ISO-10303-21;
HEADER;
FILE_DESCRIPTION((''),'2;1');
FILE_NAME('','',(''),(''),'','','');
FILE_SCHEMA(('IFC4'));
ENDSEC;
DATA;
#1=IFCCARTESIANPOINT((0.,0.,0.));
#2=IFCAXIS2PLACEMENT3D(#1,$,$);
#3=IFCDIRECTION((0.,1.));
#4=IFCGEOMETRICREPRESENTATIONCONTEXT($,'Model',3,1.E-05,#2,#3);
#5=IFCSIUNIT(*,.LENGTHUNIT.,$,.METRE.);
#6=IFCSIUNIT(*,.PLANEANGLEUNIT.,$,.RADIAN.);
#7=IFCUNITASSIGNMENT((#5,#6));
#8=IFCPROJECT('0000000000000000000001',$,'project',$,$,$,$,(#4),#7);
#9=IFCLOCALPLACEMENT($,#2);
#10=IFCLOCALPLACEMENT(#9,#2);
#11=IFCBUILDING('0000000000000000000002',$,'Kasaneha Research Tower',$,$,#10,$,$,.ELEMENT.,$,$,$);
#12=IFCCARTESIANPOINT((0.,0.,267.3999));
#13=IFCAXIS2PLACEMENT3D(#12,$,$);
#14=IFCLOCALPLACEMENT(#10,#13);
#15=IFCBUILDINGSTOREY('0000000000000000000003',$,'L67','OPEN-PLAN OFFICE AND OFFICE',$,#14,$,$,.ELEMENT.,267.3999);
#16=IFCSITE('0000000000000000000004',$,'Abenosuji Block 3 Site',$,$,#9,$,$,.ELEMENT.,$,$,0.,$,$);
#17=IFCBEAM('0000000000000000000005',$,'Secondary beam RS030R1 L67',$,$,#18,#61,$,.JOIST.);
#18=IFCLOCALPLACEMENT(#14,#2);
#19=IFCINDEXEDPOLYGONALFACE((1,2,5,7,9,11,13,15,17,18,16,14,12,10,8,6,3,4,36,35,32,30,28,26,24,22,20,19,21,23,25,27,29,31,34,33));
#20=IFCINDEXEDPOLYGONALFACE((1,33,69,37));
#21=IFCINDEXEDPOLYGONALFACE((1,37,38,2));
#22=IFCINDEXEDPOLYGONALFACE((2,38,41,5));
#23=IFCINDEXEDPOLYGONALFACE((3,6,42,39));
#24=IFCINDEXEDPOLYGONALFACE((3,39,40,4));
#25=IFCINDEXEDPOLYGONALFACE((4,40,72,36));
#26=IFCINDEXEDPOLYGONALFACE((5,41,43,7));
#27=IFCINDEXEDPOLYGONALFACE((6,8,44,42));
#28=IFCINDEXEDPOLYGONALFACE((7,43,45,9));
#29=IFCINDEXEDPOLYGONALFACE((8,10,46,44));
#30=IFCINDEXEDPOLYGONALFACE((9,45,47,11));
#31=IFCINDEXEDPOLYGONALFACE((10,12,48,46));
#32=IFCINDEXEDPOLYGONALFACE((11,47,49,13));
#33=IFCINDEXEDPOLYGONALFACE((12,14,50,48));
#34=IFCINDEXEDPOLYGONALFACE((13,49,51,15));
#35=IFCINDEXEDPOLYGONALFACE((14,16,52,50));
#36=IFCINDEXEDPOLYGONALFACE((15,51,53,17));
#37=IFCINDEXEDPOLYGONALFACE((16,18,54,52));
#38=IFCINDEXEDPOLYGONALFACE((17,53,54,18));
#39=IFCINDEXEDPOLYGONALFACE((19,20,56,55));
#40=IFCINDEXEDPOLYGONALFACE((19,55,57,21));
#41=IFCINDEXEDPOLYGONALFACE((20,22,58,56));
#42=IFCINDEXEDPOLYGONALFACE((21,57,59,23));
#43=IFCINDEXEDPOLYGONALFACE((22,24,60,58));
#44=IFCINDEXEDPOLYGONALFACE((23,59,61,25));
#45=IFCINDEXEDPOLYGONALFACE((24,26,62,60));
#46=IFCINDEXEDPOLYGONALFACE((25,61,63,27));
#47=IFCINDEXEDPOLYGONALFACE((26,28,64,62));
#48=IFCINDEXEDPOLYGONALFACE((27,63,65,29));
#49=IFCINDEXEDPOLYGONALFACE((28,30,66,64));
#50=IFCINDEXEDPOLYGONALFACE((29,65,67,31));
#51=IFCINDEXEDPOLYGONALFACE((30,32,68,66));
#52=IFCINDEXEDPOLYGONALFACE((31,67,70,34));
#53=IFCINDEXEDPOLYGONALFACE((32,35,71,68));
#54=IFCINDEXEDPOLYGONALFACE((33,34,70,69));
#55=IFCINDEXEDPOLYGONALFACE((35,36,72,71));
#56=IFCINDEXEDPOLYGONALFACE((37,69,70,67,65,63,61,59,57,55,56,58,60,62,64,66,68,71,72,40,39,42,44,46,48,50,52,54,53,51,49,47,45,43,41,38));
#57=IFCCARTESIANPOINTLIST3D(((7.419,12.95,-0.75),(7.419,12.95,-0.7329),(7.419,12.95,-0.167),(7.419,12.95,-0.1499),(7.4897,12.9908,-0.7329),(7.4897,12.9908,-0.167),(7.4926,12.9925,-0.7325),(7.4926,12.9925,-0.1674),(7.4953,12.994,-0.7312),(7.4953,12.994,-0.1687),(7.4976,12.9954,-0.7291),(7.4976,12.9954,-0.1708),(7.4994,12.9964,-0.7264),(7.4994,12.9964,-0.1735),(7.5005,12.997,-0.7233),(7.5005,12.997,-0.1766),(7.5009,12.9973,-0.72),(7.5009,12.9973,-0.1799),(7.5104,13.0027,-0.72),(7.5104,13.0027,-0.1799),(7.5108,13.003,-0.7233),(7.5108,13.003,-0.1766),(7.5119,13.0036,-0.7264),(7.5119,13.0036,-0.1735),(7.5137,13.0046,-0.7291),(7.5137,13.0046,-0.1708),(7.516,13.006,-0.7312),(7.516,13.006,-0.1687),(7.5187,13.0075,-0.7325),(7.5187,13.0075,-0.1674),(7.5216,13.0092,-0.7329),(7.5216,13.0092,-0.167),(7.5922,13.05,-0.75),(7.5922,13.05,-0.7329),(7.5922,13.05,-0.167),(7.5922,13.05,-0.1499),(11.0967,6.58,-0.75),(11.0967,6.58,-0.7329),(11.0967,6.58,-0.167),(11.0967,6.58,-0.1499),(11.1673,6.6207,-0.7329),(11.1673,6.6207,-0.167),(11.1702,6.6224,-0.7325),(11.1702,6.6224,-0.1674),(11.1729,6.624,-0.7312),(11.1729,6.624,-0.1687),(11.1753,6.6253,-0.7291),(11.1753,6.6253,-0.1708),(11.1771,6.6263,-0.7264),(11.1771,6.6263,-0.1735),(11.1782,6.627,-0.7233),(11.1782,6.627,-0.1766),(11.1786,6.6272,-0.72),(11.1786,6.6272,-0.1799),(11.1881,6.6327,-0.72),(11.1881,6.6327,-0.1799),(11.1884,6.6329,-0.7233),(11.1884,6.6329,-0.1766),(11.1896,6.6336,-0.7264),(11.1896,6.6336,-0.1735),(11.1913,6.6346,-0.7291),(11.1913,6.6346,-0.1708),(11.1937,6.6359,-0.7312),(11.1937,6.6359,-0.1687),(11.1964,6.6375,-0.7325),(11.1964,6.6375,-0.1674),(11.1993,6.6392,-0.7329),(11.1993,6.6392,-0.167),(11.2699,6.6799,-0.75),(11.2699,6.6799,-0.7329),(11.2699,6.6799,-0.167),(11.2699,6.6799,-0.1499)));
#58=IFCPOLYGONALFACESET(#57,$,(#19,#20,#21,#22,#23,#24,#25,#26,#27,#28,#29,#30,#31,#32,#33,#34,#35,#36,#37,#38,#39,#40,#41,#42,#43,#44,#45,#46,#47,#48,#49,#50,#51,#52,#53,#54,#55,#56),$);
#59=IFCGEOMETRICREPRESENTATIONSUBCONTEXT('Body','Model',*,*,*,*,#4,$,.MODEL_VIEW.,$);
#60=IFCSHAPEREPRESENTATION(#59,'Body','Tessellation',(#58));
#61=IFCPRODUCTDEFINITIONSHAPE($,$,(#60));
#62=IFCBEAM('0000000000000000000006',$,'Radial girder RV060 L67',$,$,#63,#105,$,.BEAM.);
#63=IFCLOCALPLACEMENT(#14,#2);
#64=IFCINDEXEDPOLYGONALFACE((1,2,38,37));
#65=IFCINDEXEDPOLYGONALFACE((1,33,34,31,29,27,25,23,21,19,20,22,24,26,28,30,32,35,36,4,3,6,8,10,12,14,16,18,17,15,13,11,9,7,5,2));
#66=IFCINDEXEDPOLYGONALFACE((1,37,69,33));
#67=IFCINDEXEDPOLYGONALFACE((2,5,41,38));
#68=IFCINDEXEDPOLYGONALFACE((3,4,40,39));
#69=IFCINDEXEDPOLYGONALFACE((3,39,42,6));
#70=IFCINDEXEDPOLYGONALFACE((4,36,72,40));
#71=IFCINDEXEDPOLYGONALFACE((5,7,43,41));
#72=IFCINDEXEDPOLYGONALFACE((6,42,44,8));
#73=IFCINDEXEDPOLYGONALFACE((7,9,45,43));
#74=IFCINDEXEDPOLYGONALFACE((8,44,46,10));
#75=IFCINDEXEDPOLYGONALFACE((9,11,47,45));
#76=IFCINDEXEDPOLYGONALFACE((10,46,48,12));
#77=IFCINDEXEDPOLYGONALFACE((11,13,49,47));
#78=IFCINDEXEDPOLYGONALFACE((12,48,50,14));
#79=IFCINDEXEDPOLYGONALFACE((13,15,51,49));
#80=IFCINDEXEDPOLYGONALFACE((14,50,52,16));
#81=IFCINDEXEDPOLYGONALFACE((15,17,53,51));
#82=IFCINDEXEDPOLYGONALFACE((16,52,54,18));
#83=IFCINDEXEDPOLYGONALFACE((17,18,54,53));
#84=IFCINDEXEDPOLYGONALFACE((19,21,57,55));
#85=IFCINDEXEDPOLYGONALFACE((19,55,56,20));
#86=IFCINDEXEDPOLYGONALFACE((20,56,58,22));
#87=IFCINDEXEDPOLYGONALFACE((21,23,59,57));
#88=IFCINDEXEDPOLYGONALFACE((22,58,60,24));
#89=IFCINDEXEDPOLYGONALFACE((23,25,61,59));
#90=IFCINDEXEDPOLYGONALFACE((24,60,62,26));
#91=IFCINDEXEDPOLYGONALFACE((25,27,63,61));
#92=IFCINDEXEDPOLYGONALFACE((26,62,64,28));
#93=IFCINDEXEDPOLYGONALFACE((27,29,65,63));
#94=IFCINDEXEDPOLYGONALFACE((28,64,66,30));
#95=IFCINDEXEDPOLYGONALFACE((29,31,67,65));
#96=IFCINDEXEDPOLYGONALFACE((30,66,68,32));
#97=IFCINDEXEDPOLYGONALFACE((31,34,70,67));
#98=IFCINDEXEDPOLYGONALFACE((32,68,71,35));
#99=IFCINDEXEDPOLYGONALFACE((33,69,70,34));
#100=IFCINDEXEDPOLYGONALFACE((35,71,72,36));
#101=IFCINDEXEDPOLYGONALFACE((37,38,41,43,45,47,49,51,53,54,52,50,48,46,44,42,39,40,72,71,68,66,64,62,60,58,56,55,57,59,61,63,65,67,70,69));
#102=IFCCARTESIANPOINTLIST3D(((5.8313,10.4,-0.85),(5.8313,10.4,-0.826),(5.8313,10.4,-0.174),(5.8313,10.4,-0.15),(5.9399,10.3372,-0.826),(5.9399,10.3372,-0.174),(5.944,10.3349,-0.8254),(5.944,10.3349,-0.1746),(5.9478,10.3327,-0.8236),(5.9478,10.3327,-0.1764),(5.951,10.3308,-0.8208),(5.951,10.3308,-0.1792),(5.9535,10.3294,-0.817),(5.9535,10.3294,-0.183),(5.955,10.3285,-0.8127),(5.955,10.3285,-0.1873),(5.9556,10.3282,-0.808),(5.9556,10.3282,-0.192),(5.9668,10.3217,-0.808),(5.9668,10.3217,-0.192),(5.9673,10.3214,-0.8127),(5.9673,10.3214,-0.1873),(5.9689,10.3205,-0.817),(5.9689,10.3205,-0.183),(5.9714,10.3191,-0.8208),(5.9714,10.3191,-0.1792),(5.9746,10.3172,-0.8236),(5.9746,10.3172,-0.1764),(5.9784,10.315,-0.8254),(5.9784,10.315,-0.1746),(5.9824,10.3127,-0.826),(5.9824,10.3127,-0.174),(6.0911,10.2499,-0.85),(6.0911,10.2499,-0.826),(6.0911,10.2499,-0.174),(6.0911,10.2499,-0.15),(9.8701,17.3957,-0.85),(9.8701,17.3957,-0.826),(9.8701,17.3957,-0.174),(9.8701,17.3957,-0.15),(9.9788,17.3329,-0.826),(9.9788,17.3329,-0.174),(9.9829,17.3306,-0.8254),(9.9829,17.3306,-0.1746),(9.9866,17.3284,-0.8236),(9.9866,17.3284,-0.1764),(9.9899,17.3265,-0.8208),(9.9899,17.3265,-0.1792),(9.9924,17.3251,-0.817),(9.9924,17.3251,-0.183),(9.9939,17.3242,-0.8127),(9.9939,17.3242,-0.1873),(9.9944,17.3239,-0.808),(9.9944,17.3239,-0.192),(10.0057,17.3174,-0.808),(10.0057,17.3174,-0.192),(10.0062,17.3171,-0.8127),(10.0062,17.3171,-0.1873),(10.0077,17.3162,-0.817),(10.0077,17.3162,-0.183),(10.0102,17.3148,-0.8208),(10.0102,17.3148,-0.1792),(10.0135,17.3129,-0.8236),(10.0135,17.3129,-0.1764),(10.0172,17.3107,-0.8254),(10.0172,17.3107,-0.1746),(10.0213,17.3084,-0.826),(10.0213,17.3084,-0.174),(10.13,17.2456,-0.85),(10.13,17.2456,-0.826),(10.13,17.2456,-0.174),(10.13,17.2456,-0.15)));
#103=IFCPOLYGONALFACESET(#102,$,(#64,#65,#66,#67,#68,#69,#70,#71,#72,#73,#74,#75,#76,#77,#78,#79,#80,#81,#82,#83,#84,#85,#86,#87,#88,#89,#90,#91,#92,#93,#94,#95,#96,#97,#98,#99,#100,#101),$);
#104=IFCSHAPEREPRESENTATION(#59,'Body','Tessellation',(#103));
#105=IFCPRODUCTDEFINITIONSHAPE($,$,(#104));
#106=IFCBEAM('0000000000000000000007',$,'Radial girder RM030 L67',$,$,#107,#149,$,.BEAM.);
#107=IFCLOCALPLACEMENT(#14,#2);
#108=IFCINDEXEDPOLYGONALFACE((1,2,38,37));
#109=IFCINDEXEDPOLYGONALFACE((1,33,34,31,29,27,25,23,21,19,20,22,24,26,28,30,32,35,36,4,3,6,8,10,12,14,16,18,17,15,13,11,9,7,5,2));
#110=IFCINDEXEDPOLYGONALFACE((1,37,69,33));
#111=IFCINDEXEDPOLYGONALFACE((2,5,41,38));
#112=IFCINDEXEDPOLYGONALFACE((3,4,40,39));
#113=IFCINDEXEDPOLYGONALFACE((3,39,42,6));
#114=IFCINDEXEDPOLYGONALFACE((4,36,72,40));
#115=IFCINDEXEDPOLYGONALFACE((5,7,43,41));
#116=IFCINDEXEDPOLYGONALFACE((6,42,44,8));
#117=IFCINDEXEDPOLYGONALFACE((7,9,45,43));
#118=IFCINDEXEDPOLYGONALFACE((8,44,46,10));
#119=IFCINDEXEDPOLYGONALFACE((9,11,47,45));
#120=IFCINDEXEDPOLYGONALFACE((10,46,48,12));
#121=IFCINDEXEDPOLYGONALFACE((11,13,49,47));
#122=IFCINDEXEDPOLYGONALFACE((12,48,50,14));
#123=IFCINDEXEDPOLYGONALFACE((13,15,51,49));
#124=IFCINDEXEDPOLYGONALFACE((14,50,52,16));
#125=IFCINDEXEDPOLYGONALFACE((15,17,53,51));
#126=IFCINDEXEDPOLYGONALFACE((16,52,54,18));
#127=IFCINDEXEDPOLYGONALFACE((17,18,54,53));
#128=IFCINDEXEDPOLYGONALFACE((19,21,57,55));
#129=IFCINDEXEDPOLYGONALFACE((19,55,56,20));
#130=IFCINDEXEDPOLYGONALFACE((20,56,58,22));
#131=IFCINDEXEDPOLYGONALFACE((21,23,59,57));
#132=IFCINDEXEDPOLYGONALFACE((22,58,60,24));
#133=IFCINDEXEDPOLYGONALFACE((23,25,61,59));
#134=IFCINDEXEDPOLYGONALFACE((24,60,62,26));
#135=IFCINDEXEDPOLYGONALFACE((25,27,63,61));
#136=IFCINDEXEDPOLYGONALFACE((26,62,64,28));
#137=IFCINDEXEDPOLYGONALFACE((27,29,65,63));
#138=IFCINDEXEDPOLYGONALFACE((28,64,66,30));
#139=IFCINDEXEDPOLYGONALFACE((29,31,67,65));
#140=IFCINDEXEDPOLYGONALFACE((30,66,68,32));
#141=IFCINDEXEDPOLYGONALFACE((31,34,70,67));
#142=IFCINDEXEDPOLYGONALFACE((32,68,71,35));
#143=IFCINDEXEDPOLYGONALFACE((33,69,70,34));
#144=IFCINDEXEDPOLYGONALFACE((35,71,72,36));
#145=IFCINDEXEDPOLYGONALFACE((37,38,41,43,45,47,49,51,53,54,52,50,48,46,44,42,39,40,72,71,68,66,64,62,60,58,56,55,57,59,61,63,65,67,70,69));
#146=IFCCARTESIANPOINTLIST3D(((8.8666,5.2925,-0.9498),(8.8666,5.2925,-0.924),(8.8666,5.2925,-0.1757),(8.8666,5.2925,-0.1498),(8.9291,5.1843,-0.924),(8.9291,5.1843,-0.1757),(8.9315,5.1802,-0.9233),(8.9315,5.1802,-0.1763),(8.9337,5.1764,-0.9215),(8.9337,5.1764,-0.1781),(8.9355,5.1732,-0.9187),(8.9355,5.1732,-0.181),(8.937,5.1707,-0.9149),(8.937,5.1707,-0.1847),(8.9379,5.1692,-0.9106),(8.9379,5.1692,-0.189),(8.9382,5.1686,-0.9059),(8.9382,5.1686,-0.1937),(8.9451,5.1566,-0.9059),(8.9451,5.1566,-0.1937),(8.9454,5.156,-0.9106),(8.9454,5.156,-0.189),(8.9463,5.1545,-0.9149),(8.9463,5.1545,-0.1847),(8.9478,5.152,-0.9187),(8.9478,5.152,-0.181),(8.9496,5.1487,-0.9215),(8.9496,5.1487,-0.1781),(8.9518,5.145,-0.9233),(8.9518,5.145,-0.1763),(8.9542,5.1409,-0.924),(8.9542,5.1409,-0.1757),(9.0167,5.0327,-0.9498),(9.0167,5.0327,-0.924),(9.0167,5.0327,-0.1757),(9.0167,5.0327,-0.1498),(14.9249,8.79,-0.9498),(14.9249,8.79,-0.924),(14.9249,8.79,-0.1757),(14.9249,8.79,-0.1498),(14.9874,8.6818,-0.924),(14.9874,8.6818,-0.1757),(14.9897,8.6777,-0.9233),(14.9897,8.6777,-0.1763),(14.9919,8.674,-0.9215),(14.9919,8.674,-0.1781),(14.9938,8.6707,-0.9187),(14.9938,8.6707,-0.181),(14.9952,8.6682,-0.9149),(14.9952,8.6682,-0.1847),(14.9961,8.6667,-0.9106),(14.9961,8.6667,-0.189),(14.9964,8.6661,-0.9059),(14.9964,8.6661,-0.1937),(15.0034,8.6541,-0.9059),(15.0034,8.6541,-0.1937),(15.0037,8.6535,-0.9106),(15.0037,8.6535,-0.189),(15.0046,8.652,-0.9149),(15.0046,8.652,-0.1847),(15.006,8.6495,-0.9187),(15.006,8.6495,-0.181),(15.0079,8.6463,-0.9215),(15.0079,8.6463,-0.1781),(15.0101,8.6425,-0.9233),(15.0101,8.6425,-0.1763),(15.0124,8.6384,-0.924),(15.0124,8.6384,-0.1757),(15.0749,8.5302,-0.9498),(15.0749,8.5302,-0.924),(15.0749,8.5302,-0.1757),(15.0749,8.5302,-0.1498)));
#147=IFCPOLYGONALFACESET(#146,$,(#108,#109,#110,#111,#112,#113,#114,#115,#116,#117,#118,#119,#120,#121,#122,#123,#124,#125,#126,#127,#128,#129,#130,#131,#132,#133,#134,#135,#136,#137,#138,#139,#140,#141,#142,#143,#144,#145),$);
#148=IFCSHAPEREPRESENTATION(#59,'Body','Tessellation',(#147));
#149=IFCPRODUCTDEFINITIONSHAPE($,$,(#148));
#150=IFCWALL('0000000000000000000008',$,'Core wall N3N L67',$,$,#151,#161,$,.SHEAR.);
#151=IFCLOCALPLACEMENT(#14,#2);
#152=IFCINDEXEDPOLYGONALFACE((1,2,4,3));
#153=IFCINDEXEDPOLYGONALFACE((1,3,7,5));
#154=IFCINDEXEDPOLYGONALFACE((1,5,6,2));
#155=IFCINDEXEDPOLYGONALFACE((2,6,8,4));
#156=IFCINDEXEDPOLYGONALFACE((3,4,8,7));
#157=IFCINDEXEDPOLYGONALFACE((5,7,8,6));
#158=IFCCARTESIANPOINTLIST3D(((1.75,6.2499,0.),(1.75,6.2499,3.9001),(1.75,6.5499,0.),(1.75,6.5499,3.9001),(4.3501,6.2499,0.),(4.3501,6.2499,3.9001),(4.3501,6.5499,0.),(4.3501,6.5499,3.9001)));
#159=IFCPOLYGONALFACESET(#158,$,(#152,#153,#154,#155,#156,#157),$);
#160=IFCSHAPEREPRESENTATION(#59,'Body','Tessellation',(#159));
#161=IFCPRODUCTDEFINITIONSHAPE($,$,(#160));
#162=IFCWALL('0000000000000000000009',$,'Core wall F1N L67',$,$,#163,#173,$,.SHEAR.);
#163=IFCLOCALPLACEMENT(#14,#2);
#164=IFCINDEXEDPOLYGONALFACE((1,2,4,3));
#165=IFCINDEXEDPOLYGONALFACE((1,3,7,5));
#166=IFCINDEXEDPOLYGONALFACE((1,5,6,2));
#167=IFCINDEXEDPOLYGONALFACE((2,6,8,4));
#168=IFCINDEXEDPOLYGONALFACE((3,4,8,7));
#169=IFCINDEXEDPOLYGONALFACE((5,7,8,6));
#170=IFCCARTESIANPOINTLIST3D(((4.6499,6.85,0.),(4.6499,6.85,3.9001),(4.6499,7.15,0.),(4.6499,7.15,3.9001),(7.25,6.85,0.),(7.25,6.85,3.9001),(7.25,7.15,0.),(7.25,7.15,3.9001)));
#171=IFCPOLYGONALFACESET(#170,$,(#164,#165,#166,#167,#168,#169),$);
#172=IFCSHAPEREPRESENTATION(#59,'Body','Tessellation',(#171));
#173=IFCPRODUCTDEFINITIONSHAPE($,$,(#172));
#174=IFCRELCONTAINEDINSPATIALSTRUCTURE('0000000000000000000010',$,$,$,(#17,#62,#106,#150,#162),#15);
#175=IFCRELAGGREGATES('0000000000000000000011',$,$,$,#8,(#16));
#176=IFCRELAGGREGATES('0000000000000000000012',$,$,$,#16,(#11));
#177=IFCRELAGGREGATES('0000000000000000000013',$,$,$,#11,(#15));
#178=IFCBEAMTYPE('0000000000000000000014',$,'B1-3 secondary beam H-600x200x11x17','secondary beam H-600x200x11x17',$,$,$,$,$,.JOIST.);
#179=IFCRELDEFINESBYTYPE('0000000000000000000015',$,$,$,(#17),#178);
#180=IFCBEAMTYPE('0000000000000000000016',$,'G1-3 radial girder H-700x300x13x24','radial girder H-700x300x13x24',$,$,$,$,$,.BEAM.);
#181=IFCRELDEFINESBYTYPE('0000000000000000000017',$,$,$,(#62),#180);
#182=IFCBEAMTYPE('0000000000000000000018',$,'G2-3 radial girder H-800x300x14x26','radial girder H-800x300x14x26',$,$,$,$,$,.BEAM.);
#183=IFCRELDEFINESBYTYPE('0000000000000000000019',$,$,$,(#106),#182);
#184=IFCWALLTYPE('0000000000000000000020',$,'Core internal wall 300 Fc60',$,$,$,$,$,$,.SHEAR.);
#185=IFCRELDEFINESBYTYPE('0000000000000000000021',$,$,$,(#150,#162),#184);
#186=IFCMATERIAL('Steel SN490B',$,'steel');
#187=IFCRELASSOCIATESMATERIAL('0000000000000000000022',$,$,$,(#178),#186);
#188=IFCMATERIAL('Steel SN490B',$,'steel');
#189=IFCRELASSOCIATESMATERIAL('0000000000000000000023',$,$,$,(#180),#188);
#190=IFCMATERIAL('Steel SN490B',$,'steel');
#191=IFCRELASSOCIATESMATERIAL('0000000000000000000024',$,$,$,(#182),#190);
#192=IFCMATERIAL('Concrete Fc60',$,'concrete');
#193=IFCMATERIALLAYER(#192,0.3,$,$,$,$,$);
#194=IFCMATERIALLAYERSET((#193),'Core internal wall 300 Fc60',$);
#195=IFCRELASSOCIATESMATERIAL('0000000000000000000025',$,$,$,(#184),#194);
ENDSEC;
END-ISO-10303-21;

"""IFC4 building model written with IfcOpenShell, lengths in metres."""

from ifc_helpers import new_model, si_unit, direction, frame, frame_2d, origin, origin_2d, place, context, subcontext, project, spatial, rectangle, i_section, extrude, material, layer, layer_set, material_profile, profile_set, type_object, element, save


model = new_model("IFC4")

# Units and contexts
model_context = context("Model", 3, precision=1e-05, world=origin(), true_north=direction((0.0, 1.0)))
body_context = subcontext(model_context, "Body", "Model", "MODEL_VIEW")
ifc_project = project(units=[si_unit("LENGTHUNIT", "METRE"), si_unit("PLANEANGLEUNIT", "RADIAN")], contexts=[model_context])

# Site, building, storey
site_placement = place(None, origin())
site = spatial("IfcSite", under=ifc_project, at=site_placement, Name="Abenosuji Block 3 Site", CompositionType="ELEMENT", RefElevation=0.0)
building_placement = place(site_placement, origin())
building = spatial("IfcBuilding", under=site, at=building_placement, Name="Kasaneha Research Tower", CompositionType="ELEMENT")
storey_placement = place(building_placement, frame((0.0, 0.0, 267.3999)))
storey = spatial("IfcBuildingStorey", under=building, at=storey_placement, Name="L67", Description="OPEN-PLAN OFFICE AND OFFICE", CompositionType="ELEMENT", Elevation=267.3999)

# Beams
ifc_material_1 = material(Name="Steel SN490B", Category="steel")
ifc_material_profile_1 = material_profile(ifc_material_1, i_section(OverallWidth=0.2, OverallDepth=0.6001, WebThickness=0.011, FlangeThickness=0.0171, FilletRadius=0.0129, at=origin_2d()), Name="H-600x200x11x17")
ifc_profile_set_1 = profile_set([ifc_material_profile_1], Name="Steel SN490B")
beam_type_1 = type_object("IfcBeamType", Name="B1-3 secondary beam H-600x200x11x17", Description="secondary beam H-600x200x11x17", PredefinedType="JOIST", material=ifc_profile_set_1)
beam_1_placement = place(storey_placement, frame((7.5056, 13.0, -0.45), z_axis=(0.499994, -0.866029, 0.0), x_axis=(0.866029, 0.499994, 0.0)))
element("IfcBeam", 1, at=beam_1_placement, inside=storey, type_object=beam_type_1, Name="Secondary beam RS030R1 L67", PredefinedType="JOIST", context=body_context, shape_type="SweptSolid", body=[
    extrude(i_section(OverallWidth=0.2, OverallDepth=0.6001, WebThickness=0.011, FlangeThickness=0.0171, FilletRadius=0.0129, at=origin_2d()), origin(), (0.0, 0.0, 1.0), 7.3555),
])
ifc_material_2 = material(Name="Steel SN490B", Category="steel")
ifc_material_profile_2 = material_profile(ifc_material_2, i_section(OverallWidth=0.3, OverallDepth=0.7, WebThickness=0.0129, FlangeThickness=0.0239, FilletRadius=0.0181, at=origin_2d()), Name="H-700x300x13x24")
ifc_profile_set_2 = profile_set([ifc_material_profile_2], Name="Steel SN490B")
beam_type_2 = type_object("IfcBeamType", Name="G1-3 radial girder H-700x300x13x24", Description="radial girder H-700x300x13x24", PredefinedType="BEAM", material=ifc_profile_set_2)
beam_2_placement = place(storey_placement, frame((5.9612, 10.325, -0.5), z_axis=(0.499991, 0.866031, 0.0), x_axis=(-0.866031, 0.499991, 0.0)))
element("IfcBeam", 2, at=beam_2_placement, inside=storey, type_object=beam_type_2, Name="Radial girder RV060 L67", PredefinedType="BEAM", context=body_context, shape_type="SweptSolid", body=[
    extrude(i_section(OverallWidth=0.3, OverallDepth=0.7, WebThickness=0.0129, FlangeThickness=0.0239, FilletRadius=0.0181, at=origin_2d()), origin(), (0.0, 0.0, 1.0), 8.0779),
])
ifc_material_3 = material(Name="Steel SN490B", Category="steel")
ifc_material_profile_3 = material_profile(ifc_material_3, i_section(OverallWidth=0.3, OverallDepth=0.8, WebThickness=0.0139, FlangeThickness=0.0259, FilletRadius=0.0181, at=origin_2d()), Name="H-800x300x14x26")
ifc_profile_set_3 = profile_set([ifc_material_profile_3], Name="Steel SN490B")
beam_type_3 = type_object("IfcBeamType", Name="G2-3 radial girder H-800x300x14x26", Description="radial girder H-800x300x14x26", PredefinedType="BEAM", material=ifc_profile_set_3)
beam_3_placement = place(storey_placement, frame((8.9417, 5.1626, -0.5498), z_axis=(0.86604, 0.499975, 0.0), x_axis=(-0.499975, 0.86604, 0.0)))
element("IfcBeam", 3, at=beam_3_placement, inside=storey, type_object=beam_type_3, Name="Radial girder RM030 L67", PredefinedType="BEAM", context=body_context, shape_type="SweptSolid", body=[
    extrude(i_section(OverallWidth=0.3, OverallDepth=0.8, WebThickness=0.0139, FlangeThickness=0.0259, FilletRadius=0.0181, at=origin_2d()), origin(), (0.0, 0.0, 1.0), 6.9954),
])

# Walls
ifc_material_4 = material(Name="Concrete Fc60", Category="concrete")
ifc_layer_1 = layer(ifc_material_4, 0.3)
ifc_layer_set_1 = layer_set([ifc_layer_1], Name="Core internal wall 300 Fc60")
wall_type_1 = type_object("IfcWallType", Name="Core internal wall 300 Fc60", PredefinedType="SHEAR", material=ifc_layer_set_1)
for number, where, z_axis, x_axis, name in (
    (4, (1.75, 6.3999, 0.0), (0.0, 0.0, 1.0), (1.0, 0.0, 0.0), "Core wall N3N L67"),
    (5, (4.6499, 7.0, 0.0), (0.0, 0.0, 1.0), (1.0, 0.0, 0.0), "Core wall F1N L67"),
):
    element("IfcWall", number, at=place(storey_placement, frame(where, z_axis=z_axis, x_axis=x_axis)), inside=storey, type_object=wall_type_1, Name=name, PredefinedType="SHEAR", context=body_context, shape_type="SweptSolid", body=[
        extrude(rectangle(XDim=2.6001, YDim=0.3, at=frame_2d((1.3, 0.0))), origin(), (0.0, 0.0, 1.0), 3.9001),
    ])

save(model, "model.ifc")
